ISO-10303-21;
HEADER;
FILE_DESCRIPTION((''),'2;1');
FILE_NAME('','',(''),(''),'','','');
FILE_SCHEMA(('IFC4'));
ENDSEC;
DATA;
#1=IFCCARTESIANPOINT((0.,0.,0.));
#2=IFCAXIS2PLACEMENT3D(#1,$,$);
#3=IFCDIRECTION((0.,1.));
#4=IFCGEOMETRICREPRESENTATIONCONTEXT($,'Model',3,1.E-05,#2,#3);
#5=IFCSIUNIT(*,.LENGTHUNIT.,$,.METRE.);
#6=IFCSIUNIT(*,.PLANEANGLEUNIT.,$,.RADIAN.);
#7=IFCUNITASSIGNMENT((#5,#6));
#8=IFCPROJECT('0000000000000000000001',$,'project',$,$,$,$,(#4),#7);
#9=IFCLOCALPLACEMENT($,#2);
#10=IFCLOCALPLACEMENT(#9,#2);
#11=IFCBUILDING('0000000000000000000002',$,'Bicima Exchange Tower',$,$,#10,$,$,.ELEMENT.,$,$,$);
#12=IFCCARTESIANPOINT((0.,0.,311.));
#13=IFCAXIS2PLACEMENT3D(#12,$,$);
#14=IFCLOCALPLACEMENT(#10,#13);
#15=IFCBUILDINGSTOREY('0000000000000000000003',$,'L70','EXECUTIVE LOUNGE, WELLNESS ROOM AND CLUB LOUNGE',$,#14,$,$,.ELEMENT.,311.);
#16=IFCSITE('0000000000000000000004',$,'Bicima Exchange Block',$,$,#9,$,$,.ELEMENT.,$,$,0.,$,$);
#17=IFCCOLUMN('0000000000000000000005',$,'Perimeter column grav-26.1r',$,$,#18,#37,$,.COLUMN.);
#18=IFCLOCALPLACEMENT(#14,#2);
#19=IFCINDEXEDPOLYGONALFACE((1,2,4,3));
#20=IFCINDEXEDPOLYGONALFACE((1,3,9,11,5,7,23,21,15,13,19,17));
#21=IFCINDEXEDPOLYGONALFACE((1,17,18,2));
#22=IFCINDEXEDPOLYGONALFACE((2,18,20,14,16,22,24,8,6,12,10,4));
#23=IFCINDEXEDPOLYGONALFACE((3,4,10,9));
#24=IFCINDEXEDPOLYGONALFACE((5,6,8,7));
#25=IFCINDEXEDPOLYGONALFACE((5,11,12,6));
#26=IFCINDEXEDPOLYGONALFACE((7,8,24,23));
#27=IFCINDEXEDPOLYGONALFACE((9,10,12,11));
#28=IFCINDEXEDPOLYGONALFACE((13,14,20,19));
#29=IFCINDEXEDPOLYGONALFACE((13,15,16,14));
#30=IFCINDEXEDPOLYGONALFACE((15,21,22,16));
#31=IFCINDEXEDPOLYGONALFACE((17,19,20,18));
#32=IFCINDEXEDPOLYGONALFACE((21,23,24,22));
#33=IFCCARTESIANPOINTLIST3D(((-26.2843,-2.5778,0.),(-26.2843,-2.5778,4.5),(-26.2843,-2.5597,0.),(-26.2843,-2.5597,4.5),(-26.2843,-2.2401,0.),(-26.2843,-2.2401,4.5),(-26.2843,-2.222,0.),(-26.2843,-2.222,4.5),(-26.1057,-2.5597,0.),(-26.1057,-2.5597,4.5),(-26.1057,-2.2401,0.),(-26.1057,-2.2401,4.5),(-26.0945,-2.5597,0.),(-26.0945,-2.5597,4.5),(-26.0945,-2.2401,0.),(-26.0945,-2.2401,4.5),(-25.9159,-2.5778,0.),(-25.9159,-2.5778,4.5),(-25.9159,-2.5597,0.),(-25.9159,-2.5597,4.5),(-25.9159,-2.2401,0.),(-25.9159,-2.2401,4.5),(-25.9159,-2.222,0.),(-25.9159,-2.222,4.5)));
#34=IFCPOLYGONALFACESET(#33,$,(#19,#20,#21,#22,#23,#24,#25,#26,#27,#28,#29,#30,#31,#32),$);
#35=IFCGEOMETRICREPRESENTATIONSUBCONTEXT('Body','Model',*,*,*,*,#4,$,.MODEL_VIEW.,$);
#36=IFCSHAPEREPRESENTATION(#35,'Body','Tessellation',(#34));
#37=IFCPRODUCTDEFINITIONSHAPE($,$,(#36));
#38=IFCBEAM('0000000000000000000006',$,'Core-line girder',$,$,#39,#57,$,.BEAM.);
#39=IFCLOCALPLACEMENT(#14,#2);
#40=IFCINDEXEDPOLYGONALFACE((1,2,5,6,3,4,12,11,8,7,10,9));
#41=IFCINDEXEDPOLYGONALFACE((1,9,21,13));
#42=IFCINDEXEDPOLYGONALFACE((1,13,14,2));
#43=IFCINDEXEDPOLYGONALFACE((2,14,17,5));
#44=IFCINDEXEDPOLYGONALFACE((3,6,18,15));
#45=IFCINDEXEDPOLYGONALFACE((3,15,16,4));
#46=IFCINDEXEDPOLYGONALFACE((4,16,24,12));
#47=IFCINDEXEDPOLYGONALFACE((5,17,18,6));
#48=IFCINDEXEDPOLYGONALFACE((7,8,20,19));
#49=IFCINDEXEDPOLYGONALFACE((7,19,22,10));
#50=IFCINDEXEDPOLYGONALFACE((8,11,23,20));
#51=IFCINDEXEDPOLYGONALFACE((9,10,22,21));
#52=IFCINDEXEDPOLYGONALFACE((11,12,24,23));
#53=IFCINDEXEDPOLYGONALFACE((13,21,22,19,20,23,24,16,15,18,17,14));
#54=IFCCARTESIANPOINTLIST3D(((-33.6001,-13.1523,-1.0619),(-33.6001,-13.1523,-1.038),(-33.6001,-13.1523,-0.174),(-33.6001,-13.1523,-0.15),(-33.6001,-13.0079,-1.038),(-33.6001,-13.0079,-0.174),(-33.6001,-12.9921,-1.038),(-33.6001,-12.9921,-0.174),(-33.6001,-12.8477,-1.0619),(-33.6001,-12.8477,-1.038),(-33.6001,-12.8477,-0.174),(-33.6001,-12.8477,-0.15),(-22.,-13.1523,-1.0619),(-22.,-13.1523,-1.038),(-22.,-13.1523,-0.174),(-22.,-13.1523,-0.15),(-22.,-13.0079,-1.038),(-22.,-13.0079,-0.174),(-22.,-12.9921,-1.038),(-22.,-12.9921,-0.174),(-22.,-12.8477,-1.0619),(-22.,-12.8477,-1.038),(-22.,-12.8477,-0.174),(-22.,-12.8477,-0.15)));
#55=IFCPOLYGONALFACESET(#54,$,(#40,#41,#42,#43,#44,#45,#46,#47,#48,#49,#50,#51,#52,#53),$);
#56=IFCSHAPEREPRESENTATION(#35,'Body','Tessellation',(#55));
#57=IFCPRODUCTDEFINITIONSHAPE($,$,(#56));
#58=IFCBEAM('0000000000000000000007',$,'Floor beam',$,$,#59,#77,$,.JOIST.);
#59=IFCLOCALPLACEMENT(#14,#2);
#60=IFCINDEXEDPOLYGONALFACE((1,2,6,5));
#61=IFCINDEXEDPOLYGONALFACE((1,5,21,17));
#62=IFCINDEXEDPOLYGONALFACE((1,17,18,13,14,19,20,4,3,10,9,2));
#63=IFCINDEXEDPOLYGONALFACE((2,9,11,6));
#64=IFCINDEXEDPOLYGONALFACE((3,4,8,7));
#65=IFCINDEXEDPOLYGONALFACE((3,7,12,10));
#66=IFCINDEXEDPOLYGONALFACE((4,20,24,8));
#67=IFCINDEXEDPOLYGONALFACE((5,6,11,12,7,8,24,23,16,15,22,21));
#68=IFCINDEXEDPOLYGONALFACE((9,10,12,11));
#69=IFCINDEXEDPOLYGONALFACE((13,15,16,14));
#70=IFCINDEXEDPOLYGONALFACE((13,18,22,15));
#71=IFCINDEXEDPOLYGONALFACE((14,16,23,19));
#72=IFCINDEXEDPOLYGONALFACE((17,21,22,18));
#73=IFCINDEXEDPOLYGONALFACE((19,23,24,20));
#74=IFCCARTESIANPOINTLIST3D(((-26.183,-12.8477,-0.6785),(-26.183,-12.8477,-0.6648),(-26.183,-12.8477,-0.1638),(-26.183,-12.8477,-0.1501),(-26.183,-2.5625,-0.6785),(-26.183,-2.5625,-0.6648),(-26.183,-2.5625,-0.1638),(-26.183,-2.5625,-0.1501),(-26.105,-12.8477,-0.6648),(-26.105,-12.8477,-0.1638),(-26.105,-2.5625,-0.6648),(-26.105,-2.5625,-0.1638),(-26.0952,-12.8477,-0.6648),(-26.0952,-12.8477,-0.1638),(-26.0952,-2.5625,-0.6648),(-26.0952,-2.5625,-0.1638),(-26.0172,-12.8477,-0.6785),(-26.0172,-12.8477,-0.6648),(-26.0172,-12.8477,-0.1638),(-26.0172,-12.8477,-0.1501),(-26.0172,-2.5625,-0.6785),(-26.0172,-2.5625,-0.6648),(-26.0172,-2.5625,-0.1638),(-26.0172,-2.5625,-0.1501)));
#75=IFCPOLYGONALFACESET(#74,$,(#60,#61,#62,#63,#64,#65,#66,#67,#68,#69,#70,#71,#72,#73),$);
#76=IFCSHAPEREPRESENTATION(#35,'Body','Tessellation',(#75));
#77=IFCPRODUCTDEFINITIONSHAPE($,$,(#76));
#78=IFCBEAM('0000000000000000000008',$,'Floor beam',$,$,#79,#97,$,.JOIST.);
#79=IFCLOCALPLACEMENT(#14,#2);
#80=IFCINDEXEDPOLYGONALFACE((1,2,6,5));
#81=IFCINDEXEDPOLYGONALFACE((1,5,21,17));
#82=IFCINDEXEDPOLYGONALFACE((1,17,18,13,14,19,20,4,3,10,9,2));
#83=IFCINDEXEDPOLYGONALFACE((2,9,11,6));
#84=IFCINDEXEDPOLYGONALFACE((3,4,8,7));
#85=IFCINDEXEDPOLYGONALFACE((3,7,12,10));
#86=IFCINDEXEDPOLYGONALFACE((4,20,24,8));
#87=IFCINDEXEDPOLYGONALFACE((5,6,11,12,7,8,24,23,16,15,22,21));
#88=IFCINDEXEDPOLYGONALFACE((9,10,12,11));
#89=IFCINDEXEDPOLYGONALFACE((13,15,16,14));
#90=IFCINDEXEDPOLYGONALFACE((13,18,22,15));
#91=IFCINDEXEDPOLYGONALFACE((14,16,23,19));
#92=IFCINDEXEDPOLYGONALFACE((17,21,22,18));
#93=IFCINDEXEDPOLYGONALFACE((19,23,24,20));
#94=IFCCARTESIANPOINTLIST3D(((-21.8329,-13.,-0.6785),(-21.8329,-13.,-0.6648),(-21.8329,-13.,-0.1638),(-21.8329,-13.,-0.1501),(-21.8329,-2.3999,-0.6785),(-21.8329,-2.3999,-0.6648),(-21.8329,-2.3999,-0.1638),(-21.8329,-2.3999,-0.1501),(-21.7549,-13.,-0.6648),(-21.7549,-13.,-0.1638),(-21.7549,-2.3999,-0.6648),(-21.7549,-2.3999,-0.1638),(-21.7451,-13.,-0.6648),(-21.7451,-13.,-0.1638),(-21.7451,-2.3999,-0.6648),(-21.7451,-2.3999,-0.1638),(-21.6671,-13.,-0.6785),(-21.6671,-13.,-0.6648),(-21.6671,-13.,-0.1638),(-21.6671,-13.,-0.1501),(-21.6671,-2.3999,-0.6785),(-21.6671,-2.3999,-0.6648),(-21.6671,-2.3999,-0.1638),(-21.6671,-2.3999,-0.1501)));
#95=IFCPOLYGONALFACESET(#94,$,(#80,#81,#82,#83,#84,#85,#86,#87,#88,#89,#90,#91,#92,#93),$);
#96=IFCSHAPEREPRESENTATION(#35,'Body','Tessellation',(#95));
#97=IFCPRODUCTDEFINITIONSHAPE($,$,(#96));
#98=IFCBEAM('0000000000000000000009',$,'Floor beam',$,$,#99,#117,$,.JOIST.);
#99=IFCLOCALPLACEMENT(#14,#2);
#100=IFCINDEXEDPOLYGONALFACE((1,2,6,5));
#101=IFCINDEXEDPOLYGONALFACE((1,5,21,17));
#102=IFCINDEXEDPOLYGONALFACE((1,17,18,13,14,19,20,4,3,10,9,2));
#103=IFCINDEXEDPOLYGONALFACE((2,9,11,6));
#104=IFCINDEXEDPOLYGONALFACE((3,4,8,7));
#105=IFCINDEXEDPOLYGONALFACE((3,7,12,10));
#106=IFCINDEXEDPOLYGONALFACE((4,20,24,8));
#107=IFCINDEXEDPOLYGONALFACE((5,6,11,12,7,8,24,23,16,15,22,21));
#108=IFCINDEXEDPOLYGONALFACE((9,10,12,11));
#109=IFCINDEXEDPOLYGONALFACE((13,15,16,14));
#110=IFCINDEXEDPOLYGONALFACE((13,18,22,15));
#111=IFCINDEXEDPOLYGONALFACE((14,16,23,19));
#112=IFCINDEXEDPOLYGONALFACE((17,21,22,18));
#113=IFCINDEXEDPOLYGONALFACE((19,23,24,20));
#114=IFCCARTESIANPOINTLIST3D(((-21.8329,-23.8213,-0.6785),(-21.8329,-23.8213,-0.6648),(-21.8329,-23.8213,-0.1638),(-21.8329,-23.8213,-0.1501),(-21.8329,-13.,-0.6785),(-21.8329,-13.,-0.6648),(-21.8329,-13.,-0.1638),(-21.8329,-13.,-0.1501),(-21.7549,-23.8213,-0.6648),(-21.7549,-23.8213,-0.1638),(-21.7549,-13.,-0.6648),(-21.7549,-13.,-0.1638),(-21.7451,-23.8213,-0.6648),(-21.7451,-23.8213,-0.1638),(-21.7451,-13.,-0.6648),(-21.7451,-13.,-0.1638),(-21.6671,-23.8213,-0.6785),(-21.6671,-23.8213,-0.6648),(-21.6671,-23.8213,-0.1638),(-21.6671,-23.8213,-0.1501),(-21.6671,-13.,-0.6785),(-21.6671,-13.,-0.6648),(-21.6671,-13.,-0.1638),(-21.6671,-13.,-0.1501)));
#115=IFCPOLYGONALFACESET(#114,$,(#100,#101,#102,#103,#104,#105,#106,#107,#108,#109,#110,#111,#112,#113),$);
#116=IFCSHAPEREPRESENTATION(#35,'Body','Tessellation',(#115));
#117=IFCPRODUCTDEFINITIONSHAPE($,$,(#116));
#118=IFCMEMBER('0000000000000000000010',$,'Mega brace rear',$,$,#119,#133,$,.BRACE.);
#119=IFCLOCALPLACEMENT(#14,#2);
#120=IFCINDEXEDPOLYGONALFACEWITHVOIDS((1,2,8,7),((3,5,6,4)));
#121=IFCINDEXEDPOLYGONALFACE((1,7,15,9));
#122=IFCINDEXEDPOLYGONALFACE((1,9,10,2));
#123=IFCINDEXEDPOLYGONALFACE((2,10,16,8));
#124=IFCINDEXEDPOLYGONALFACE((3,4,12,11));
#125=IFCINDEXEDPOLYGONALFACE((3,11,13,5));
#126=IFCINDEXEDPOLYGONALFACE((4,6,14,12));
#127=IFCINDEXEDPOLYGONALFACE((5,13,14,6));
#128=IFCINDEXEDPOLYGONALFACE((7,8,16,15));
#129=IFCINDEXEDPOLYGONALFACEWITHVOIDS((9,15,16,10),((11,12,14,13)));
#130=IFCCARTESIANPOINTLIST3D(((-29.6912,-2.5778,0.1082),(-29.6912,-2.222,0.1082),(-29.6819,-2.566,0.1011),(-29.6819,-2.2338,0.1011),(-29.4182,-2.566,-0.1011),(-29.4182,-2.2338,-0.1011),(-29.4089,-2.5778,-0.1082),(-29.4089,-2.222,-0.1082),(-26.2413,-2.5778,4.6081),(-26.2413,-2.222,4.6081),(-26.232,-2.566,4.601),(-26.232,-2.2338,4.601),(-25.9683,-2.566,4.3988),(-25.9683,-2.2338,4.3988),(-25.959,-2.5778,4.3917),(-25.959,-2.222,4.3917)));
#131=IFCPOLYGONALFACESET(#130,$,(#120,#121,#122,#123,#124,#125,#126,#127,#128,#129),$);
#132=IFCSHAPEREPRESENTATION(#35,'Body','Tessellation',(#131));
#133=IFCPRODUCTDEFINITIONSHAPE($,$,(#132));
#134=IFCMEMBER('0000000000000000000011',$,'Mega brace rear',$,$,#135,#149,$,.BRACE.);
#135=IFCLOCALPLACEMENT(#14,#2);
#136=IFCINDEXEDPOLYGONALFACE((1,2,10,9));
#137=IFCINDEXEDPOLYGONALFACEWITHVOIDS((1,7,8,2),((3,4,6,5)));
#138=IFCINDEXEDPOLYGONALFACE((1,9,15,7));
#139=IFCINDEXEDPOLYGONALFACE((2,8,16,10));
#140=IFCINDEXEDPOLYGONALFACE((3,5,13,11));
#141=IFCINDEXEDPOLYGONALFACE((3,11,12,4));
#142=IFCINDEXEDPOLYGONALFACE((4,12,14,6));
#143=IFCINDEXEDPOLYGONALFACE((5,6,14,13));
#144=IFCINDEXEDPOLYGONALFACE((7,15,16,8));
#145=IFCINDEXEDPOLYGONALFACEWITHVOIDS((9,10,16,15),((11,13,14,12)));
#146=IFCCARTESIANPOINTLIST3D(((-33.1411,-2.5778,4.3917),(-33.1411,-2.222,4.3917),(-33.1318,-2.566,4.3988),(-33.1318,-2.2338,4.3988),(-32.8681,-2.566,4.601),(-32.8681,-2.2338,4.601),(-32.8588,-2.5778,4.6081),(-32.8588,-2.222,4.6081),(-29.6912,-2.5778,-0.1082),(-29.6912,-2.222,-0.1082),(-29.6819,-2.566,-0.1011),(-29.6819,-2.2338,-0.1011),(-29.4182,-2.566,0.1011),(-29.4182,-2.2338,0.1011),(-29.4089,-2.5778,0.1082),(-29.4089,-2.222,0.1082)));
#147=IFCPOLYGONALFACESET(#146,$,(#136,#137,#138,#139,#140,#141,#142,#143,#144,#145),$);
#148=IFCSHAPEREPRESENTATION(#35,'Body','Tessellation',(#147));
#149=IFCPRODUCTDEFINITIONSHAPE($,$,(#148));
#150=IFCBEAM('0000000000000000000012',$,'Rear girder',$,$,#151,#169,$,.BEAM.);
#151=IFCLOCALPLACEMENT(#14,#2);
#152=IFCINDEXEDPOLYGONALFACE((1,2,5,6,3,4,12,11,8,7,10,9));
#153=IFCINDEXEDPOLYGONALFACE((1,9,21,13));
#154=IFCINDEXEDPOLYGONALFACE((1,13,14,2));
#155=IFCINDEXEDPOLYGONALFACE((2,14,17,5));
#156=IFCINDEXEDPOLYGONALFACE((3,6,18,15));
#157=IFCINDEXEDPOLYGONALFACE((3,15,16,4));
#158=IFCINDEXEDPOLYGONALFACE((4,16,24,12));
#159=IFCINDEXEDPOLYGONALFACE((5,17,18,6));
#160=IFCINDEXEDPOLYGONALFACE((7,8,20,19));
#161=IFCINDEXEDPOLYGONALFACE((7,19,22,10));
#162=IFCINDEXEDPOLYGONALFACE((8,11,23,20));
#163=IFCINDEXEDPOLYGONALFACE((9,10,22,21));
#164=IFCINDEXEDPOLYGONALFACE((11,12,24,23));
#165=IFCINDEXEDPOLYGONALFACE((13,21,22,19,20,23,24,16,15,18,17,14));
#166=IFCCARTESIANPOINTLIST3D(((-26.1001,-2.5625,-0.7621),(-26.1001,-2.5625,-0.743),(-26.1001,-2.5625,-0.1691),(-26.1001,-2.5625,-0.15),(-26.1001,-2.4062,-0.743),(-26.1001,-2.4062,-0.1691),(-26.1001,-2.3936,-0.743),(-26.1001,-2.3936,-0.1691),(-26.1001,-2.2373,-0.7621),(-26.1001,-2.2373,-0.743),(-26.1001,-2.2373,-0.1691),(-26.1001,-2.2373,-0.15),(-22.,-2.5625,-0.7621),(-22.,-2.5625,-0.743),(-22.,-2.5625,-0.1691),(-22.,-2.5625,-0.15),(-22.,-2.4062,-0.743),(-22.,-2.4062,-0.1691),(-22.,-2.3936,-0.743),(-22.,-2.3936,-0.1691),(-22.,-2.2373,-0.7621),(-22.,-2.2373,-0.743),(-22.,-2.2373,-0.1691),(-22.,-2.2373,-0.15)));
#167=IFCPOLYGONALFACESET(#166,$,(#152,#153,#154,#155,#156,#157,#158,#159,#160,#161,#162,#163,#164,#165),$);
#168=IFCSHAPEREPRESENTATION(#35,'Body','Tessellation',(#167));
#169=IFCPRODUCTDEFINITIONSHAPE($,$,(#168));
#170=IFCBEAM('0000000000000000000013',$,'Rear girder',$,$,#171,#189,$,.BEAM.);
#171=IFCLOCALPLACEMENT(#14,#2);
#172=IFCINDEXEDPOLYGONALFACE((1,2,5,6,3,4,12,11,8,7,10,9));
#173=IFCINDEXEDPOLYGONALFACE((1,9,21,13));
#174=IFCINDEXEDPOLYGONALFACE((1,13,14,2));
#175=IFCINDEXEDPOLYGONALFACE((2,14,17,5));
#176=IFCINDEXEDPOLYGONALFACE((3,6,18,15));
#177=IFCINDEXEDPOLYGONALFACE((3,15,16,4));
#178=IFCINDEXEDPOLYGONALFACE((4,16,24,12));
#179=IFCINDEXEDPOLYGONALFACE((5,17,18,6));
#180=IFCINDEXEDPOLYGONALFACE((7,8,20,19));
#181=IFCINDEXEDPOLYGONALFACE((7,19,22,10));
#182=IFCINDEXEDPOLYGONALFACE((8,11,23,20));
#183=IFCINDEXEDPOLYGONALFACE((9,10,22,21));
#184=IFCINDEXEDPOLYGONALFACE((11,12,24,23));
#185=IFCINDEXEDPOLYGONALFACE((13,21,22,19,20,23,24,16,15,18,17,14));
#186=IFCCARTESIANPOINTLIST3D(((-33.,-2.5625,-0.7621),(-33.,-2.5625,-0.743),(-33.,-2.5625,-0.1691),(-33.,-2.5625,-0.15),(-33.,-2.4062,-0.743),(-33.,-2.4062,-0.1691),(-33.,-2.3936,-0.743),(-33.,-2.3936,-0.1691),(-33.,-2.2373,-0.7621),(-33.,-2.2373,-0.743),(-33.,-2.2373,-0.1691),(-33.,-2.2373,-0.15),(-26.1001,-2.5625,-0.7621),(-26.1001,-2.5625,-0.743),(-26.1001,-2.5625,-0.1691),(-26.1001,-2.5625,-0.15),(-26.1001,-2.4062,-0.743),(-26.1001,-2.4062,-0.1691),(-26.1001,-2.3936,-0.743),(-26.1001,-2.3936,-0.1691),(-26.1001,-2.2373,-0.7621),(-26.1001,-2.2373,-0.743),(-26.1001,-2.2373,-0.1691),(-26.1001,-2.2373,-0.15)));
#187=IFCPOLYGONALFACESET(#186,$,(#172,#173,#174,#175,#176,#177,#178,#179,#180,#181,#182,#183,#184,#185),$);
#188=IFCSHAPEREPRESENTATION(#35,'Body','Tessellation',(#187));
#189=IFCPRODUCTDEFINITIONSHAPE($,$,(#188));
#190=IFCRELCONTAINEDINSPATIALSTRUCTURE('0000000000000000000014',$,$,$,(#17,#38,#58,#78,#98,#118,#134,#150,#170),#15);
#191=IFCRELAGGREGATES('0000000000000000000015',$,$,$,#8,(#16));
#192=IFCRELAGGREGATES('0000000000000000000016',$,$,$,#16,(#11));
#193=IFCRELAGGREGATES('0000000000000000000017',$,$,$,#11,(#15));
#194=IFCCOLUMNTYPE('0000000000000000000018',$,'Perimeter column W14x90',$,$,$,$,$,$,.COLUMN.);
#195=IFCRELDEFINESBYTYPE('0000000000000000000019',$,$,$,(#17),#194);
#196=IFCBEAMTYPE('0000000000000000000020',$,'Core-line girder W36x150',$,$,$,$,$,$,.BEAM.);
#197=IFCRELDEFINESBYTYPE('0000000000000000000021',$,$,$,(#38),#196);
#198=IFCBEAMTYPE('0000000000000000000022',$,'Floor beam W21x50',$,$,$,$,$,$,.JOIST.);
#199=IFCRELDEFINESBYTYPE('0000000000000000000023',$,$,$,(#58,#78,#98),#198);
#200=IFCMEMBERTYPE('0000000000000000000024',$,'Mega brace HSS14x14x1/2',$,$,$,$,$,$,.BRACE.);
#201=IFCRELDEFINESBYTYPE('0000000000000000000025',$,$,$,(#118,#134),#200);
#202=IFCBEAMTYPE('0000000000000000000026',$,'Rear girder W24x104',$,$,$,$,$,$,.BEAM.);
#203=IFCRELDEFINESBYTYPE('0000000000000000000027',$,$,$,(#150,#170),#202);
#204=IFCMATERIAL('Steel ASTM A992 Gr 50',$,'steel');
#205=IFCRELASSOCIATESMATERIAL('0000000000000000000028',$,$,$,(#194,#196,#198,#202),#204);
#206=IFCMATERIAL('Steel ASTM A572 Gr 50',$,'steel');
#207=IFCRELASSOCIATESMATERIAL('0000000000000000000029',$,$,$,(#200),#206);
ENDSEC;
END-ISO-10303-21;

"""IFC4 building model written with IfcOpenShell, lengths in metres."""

from ifc_helpers import new_model, si_unit, direction, frame, origin, origin_2d, place, context, subcontext, project, spatial, hollow_rectangle, i_section, extrude, material, material_profile, profile_set, type_object, element, save


model = new_model("IFC4")

# Units and contexts
model_context = context("Model", 3, precision=1e-05, world=origin(), true_north=direction((0.0, 1.0)))
body_context = subcontext(model_context, "Body", "Model", "MODEL_VIEW")
ifc_project = project(units=[si_unit("LENGTHUNIT", "METRE"), si_unit("PLANEANGLEUNIT", "RADIAN")], contexts=[model_context])

# Site, building, storey
site_placement = place(None, origin())
site = spatial("IfcSite", under=ifc_project, at=site_placement, Name="Bicima Exchange Block", CompositionType="ELEMENT", RefElevation=0.0)
building_placement = place(site_placement, origin())
building = spatial("IfcBuilding", under=site, at=building_placement, Name="Bicima Exchange Tower", CompositionType="ELEMENT")
storey_placement = place(building_placement, frame((0.0, 0.0, 311.0)))
storey = spatial("IfcBuildingStorey", under=building, at=storey_placement, Name="L70", Description="EXECUTIVE LOUNGE, WELLNESS ROOM AND CLUB LOUNGE", CompositionType="ELEMENT", Elevation=311.0)

# Column
ifc_material_1 = material(Name="Steel ASTM A992 Gr 50", Category="steel")
ifc_material_profile_1 = material_profile(ifc_material_1, i_section(OverallWidth=0.3684, OverallDepth=0.3557, WebThickness=0.0112, FlangeThickness=0.0181, at=origin_2d()))
ifc_profile_set_1 = profile_set([ifc_material_profile_1], Name="Steel ASTM A992 Gr 50")
column_type = type_object("IfcColumnType", Name="Perimeter column W14x90", PredefinedType="COLUMN", material=ifc_profile_set_1)
column_placement = place(storey_placement, frame((-26.1001, -2.3999, 0.0), z_axis=(0.0, 0.0, 1.0), x_axis=(1.0, 0.0, 0.0)))
element("IfcColumn", 1, at=column_placement, inside=storey, type_object=column_type, Name="Perimeter column grav-26.1r", PredefinedType="COLUMN", context=body_context, shape_type="SweptSolid", body=[
    extrude(i_section(OverallWidth=0.3684, OverallDepth=0.3557, WebThickness=0.0112, FlangeThickness=0.0181, at=origin_2d()), origin(), (0.0, 0.0, 1.0), 4.5),
])

# Beams
ifc_material_profile_2 = material_profile(ifc_material_1, i_section(OverallWidth=0.3047, OverallDepth=0.9119, WebThickness=0.0159, FlangeThickness=0.0239, at=origin_2d()))
ifc_profile_set_2 = profile_set([ifc_material_profile_2], Name="Steel ASTM A992 Gr 50")
beam_type_1 = type_object("IfcBeamType", Name="Core-line girder W36x150", PredefinedType="BEAM", material=ifc_profile_set_2)
beam_1_placement = place(storey_placement, frame((-22.0, -13.0, -0.606), z_axis=(-1.0, 0.0, 0.0), x_axis=(0.0, -1.0, 0.0)))
element("IfcBeam", 2, at=beam_1_placement, inside=storey, type_object=beam_type_1, Name="Core-line girder", PredefinedType="BEAM", context=body_context, shape_type="SweptSolid", body=[
    extrude(i_section(OverallWidth=0.3047, OverallDepth=0.9119, WebThickness=0.0159, FlangeThickness=0.0239, at=origin_2d()), origin(), (0.0, 0.0, 1.0), 11.6001),
])
ifc_material_profile_3 = material_profile(ifc_material_1, i_section(OverallWidth=0.1658, OverallDepth=0.5283, WebThickness=0.0098, FlangeThickness=0.0137, at=origin_2d()))
ifc_profile_set_3 = profile_set([ifc_material_profile_3], Name="Steel ASTM A992 Gr 50")
beam_type_2 = type_object("IfcBeamType", Name="Floor beam W21x50", PredefinedType="JOIST", material=ifc_profile_set_3)
beam_2_placement = place(storey_placement, frame((-26.1001, -2.5625, -0.4143), z_axis=(0.0, -1.0, 0.0), x_axis=(1.0, 0.0, 0.0)))
element("IfcBeam", 3, at=beam_2_placement, inside=storey, type_object=beam_type_2, Name="Floor beam", PredefinedType="JOIST", context=body_context, shape_type="SweptSolid", body=[
    extrude(i_section(OverallWidth=0.1658, OverallDepth=0.5283, WebThickness=0.0098, FlangeThickness=0.0137, at=origin_2d()), origin(), (0.0, 0.0, 1.0), 10.2852),
])
beam_3_placement = place(storey_placement, frame((-21.75, -2.3999, -0.4143), z_axis=(0.0, -1.0, 0.0), x_axis=(1.0, 0.0, 0.0)))
element("IfcBeam", 4, at=beam_3_placement, inside=storey, type_object=beam_type_2, Name="Floor beam", PredefinedType="JOIST", context=body_context, shape_type="SweptSolid", body=[
    extrude(i_section(OverallWidth=0.1658, OverallDepth=0.5283, WebThickness=0.0098, FlangeThickness=0.0137, at=origin_2d()), origin(), (0.0, 0.0, 1.0), 10.6001),
])
beam_4_placement = place(storey_placement, frame((-21.75, -13.0, -0.4143), z_axis=(0.0, -1.0, 0.0), x_axis=(1.0, 0.0, 0.0)))
element("IfcBeam", 5, at=beam_4_placement, inside=storey, type_object=beam_type_2, Name="Floor beam", PredefinedType="JOIST", context=body_context, shape_type="SweptSolid", body=[
    extrude(i_section(OverallWidth=0.1658, OverallDepth=0.5283, WebThickness=0.0098, FlangeThickness=0.0137, at=origin_2d()), origin(), (0.0, 0.0, 1.0), 10.8213),
])

# Members
ifc_material_2 = material(Name="Steel ASTM A572 Gr 50", Category="steel")
ifc_material_profile_4 = material_profile(ifc_material_2, hollow_rectangle(XDim=0.3557, YDim=0.3557, WallThickness=0.0117, at=origin_2d()))
ifc_profile_set_4 = profile_set([ifc_material_profile_4], Name="Steel ASTM A572 Gr 50")
member_type = type_object("IfcMemberType", Name="Mega brace HSS14x14x1/2", PredefinedType="BRACE", material=ifc_profile_set_4)
for number, where, z_axis, x_axis, name in (
    (6, (-29.55, -2.3999, 0.0), (0.608426, 0.0, 0.793611), (0.0, 1.0, 0.0), "Mega brace rear"),
    (7, (-29.55, -2.3999, 0.0), (-0.608426, 0.0, 0.793611), (0.0, -1.0, 0.0), "Mega brace rear"),
):
    element("IfcMember", number, at=place(storey_placement, frame(where, z_axis=z_axis, x_axis=x_axis)), inside=storey, type_object=member_type, Name=name, PredefinedType="BRACE", context=body_context, shape_type="SweptSolid", body=[
        extrude(hollow_rectangle(XDim=0.3557, YDim=0.3557, WallThickness=0.0117, at=origin_2d()), origin(), (0.0, 0.0, 1.0), 5.6702),
    ])

# Beams
ifc_material_profile_5 = material_profile(ifc_material_1, i_section(OverallWidth=0.3252, OverallDepth=0.6121, WebThickness=0.0127, FlangeThickness=0.019, at=origin_2d()))
ifc_profile_set_5 = profile_set([ifc_material_profile_5], Name="Steel ASTM A992 Gr 50")
beam_type_3 = type_object("IfcBeamType", Name="Rear girder W24x104", PredefinedType="BEAM", material=ifc_profile_set_5)
beam_5_placement = place(storey_placement, frame((-22.0, -2.3999, -0.4561), z_axis=(-1.0, 0.0, 0.0), x_axis=(0.0, -1.0, 0.0)))
element("IfcBeam", 8, at=beam_5_placement, inside=storey, type_object=beam_type_3, Name="Rear girder", PredefinedType="BEAM", context=body_context, shape_type="SweptSolid", body=[
    extrude(i_section(OverallWidth=0.3252, OverallDepth=0.6121, WebThickness=0.0127, FlangeThickness=0.019, at=origin_2d()), origin(), (0.0, 0.0, 1.0), 4.1001),
])
beam_6_placement = place(storey_placement, frame((-26.1001, -2.3999, -0.4561), z_axis=(-1.0, 0.0, 0.0), x_axis=(0.0, -1.0, 0.0)))
element("IfcBeam", 9, at=beam_6_placement, inside=storey, type_object=beam_type_3, Name="Rear girder", PredefinedType="BEAM", context=body_context, shape_type="SweptSolid", body=[
    extrude(i_section(OverallWidth=0.3252, OverallDepth=0.6121, WebThickness=0.0127, FlangeThickness=0.019, at=origin_2d()), origin(), (0.0, 0.0, 1.0), 6.8999),
])

save(model, "model.ifc")
